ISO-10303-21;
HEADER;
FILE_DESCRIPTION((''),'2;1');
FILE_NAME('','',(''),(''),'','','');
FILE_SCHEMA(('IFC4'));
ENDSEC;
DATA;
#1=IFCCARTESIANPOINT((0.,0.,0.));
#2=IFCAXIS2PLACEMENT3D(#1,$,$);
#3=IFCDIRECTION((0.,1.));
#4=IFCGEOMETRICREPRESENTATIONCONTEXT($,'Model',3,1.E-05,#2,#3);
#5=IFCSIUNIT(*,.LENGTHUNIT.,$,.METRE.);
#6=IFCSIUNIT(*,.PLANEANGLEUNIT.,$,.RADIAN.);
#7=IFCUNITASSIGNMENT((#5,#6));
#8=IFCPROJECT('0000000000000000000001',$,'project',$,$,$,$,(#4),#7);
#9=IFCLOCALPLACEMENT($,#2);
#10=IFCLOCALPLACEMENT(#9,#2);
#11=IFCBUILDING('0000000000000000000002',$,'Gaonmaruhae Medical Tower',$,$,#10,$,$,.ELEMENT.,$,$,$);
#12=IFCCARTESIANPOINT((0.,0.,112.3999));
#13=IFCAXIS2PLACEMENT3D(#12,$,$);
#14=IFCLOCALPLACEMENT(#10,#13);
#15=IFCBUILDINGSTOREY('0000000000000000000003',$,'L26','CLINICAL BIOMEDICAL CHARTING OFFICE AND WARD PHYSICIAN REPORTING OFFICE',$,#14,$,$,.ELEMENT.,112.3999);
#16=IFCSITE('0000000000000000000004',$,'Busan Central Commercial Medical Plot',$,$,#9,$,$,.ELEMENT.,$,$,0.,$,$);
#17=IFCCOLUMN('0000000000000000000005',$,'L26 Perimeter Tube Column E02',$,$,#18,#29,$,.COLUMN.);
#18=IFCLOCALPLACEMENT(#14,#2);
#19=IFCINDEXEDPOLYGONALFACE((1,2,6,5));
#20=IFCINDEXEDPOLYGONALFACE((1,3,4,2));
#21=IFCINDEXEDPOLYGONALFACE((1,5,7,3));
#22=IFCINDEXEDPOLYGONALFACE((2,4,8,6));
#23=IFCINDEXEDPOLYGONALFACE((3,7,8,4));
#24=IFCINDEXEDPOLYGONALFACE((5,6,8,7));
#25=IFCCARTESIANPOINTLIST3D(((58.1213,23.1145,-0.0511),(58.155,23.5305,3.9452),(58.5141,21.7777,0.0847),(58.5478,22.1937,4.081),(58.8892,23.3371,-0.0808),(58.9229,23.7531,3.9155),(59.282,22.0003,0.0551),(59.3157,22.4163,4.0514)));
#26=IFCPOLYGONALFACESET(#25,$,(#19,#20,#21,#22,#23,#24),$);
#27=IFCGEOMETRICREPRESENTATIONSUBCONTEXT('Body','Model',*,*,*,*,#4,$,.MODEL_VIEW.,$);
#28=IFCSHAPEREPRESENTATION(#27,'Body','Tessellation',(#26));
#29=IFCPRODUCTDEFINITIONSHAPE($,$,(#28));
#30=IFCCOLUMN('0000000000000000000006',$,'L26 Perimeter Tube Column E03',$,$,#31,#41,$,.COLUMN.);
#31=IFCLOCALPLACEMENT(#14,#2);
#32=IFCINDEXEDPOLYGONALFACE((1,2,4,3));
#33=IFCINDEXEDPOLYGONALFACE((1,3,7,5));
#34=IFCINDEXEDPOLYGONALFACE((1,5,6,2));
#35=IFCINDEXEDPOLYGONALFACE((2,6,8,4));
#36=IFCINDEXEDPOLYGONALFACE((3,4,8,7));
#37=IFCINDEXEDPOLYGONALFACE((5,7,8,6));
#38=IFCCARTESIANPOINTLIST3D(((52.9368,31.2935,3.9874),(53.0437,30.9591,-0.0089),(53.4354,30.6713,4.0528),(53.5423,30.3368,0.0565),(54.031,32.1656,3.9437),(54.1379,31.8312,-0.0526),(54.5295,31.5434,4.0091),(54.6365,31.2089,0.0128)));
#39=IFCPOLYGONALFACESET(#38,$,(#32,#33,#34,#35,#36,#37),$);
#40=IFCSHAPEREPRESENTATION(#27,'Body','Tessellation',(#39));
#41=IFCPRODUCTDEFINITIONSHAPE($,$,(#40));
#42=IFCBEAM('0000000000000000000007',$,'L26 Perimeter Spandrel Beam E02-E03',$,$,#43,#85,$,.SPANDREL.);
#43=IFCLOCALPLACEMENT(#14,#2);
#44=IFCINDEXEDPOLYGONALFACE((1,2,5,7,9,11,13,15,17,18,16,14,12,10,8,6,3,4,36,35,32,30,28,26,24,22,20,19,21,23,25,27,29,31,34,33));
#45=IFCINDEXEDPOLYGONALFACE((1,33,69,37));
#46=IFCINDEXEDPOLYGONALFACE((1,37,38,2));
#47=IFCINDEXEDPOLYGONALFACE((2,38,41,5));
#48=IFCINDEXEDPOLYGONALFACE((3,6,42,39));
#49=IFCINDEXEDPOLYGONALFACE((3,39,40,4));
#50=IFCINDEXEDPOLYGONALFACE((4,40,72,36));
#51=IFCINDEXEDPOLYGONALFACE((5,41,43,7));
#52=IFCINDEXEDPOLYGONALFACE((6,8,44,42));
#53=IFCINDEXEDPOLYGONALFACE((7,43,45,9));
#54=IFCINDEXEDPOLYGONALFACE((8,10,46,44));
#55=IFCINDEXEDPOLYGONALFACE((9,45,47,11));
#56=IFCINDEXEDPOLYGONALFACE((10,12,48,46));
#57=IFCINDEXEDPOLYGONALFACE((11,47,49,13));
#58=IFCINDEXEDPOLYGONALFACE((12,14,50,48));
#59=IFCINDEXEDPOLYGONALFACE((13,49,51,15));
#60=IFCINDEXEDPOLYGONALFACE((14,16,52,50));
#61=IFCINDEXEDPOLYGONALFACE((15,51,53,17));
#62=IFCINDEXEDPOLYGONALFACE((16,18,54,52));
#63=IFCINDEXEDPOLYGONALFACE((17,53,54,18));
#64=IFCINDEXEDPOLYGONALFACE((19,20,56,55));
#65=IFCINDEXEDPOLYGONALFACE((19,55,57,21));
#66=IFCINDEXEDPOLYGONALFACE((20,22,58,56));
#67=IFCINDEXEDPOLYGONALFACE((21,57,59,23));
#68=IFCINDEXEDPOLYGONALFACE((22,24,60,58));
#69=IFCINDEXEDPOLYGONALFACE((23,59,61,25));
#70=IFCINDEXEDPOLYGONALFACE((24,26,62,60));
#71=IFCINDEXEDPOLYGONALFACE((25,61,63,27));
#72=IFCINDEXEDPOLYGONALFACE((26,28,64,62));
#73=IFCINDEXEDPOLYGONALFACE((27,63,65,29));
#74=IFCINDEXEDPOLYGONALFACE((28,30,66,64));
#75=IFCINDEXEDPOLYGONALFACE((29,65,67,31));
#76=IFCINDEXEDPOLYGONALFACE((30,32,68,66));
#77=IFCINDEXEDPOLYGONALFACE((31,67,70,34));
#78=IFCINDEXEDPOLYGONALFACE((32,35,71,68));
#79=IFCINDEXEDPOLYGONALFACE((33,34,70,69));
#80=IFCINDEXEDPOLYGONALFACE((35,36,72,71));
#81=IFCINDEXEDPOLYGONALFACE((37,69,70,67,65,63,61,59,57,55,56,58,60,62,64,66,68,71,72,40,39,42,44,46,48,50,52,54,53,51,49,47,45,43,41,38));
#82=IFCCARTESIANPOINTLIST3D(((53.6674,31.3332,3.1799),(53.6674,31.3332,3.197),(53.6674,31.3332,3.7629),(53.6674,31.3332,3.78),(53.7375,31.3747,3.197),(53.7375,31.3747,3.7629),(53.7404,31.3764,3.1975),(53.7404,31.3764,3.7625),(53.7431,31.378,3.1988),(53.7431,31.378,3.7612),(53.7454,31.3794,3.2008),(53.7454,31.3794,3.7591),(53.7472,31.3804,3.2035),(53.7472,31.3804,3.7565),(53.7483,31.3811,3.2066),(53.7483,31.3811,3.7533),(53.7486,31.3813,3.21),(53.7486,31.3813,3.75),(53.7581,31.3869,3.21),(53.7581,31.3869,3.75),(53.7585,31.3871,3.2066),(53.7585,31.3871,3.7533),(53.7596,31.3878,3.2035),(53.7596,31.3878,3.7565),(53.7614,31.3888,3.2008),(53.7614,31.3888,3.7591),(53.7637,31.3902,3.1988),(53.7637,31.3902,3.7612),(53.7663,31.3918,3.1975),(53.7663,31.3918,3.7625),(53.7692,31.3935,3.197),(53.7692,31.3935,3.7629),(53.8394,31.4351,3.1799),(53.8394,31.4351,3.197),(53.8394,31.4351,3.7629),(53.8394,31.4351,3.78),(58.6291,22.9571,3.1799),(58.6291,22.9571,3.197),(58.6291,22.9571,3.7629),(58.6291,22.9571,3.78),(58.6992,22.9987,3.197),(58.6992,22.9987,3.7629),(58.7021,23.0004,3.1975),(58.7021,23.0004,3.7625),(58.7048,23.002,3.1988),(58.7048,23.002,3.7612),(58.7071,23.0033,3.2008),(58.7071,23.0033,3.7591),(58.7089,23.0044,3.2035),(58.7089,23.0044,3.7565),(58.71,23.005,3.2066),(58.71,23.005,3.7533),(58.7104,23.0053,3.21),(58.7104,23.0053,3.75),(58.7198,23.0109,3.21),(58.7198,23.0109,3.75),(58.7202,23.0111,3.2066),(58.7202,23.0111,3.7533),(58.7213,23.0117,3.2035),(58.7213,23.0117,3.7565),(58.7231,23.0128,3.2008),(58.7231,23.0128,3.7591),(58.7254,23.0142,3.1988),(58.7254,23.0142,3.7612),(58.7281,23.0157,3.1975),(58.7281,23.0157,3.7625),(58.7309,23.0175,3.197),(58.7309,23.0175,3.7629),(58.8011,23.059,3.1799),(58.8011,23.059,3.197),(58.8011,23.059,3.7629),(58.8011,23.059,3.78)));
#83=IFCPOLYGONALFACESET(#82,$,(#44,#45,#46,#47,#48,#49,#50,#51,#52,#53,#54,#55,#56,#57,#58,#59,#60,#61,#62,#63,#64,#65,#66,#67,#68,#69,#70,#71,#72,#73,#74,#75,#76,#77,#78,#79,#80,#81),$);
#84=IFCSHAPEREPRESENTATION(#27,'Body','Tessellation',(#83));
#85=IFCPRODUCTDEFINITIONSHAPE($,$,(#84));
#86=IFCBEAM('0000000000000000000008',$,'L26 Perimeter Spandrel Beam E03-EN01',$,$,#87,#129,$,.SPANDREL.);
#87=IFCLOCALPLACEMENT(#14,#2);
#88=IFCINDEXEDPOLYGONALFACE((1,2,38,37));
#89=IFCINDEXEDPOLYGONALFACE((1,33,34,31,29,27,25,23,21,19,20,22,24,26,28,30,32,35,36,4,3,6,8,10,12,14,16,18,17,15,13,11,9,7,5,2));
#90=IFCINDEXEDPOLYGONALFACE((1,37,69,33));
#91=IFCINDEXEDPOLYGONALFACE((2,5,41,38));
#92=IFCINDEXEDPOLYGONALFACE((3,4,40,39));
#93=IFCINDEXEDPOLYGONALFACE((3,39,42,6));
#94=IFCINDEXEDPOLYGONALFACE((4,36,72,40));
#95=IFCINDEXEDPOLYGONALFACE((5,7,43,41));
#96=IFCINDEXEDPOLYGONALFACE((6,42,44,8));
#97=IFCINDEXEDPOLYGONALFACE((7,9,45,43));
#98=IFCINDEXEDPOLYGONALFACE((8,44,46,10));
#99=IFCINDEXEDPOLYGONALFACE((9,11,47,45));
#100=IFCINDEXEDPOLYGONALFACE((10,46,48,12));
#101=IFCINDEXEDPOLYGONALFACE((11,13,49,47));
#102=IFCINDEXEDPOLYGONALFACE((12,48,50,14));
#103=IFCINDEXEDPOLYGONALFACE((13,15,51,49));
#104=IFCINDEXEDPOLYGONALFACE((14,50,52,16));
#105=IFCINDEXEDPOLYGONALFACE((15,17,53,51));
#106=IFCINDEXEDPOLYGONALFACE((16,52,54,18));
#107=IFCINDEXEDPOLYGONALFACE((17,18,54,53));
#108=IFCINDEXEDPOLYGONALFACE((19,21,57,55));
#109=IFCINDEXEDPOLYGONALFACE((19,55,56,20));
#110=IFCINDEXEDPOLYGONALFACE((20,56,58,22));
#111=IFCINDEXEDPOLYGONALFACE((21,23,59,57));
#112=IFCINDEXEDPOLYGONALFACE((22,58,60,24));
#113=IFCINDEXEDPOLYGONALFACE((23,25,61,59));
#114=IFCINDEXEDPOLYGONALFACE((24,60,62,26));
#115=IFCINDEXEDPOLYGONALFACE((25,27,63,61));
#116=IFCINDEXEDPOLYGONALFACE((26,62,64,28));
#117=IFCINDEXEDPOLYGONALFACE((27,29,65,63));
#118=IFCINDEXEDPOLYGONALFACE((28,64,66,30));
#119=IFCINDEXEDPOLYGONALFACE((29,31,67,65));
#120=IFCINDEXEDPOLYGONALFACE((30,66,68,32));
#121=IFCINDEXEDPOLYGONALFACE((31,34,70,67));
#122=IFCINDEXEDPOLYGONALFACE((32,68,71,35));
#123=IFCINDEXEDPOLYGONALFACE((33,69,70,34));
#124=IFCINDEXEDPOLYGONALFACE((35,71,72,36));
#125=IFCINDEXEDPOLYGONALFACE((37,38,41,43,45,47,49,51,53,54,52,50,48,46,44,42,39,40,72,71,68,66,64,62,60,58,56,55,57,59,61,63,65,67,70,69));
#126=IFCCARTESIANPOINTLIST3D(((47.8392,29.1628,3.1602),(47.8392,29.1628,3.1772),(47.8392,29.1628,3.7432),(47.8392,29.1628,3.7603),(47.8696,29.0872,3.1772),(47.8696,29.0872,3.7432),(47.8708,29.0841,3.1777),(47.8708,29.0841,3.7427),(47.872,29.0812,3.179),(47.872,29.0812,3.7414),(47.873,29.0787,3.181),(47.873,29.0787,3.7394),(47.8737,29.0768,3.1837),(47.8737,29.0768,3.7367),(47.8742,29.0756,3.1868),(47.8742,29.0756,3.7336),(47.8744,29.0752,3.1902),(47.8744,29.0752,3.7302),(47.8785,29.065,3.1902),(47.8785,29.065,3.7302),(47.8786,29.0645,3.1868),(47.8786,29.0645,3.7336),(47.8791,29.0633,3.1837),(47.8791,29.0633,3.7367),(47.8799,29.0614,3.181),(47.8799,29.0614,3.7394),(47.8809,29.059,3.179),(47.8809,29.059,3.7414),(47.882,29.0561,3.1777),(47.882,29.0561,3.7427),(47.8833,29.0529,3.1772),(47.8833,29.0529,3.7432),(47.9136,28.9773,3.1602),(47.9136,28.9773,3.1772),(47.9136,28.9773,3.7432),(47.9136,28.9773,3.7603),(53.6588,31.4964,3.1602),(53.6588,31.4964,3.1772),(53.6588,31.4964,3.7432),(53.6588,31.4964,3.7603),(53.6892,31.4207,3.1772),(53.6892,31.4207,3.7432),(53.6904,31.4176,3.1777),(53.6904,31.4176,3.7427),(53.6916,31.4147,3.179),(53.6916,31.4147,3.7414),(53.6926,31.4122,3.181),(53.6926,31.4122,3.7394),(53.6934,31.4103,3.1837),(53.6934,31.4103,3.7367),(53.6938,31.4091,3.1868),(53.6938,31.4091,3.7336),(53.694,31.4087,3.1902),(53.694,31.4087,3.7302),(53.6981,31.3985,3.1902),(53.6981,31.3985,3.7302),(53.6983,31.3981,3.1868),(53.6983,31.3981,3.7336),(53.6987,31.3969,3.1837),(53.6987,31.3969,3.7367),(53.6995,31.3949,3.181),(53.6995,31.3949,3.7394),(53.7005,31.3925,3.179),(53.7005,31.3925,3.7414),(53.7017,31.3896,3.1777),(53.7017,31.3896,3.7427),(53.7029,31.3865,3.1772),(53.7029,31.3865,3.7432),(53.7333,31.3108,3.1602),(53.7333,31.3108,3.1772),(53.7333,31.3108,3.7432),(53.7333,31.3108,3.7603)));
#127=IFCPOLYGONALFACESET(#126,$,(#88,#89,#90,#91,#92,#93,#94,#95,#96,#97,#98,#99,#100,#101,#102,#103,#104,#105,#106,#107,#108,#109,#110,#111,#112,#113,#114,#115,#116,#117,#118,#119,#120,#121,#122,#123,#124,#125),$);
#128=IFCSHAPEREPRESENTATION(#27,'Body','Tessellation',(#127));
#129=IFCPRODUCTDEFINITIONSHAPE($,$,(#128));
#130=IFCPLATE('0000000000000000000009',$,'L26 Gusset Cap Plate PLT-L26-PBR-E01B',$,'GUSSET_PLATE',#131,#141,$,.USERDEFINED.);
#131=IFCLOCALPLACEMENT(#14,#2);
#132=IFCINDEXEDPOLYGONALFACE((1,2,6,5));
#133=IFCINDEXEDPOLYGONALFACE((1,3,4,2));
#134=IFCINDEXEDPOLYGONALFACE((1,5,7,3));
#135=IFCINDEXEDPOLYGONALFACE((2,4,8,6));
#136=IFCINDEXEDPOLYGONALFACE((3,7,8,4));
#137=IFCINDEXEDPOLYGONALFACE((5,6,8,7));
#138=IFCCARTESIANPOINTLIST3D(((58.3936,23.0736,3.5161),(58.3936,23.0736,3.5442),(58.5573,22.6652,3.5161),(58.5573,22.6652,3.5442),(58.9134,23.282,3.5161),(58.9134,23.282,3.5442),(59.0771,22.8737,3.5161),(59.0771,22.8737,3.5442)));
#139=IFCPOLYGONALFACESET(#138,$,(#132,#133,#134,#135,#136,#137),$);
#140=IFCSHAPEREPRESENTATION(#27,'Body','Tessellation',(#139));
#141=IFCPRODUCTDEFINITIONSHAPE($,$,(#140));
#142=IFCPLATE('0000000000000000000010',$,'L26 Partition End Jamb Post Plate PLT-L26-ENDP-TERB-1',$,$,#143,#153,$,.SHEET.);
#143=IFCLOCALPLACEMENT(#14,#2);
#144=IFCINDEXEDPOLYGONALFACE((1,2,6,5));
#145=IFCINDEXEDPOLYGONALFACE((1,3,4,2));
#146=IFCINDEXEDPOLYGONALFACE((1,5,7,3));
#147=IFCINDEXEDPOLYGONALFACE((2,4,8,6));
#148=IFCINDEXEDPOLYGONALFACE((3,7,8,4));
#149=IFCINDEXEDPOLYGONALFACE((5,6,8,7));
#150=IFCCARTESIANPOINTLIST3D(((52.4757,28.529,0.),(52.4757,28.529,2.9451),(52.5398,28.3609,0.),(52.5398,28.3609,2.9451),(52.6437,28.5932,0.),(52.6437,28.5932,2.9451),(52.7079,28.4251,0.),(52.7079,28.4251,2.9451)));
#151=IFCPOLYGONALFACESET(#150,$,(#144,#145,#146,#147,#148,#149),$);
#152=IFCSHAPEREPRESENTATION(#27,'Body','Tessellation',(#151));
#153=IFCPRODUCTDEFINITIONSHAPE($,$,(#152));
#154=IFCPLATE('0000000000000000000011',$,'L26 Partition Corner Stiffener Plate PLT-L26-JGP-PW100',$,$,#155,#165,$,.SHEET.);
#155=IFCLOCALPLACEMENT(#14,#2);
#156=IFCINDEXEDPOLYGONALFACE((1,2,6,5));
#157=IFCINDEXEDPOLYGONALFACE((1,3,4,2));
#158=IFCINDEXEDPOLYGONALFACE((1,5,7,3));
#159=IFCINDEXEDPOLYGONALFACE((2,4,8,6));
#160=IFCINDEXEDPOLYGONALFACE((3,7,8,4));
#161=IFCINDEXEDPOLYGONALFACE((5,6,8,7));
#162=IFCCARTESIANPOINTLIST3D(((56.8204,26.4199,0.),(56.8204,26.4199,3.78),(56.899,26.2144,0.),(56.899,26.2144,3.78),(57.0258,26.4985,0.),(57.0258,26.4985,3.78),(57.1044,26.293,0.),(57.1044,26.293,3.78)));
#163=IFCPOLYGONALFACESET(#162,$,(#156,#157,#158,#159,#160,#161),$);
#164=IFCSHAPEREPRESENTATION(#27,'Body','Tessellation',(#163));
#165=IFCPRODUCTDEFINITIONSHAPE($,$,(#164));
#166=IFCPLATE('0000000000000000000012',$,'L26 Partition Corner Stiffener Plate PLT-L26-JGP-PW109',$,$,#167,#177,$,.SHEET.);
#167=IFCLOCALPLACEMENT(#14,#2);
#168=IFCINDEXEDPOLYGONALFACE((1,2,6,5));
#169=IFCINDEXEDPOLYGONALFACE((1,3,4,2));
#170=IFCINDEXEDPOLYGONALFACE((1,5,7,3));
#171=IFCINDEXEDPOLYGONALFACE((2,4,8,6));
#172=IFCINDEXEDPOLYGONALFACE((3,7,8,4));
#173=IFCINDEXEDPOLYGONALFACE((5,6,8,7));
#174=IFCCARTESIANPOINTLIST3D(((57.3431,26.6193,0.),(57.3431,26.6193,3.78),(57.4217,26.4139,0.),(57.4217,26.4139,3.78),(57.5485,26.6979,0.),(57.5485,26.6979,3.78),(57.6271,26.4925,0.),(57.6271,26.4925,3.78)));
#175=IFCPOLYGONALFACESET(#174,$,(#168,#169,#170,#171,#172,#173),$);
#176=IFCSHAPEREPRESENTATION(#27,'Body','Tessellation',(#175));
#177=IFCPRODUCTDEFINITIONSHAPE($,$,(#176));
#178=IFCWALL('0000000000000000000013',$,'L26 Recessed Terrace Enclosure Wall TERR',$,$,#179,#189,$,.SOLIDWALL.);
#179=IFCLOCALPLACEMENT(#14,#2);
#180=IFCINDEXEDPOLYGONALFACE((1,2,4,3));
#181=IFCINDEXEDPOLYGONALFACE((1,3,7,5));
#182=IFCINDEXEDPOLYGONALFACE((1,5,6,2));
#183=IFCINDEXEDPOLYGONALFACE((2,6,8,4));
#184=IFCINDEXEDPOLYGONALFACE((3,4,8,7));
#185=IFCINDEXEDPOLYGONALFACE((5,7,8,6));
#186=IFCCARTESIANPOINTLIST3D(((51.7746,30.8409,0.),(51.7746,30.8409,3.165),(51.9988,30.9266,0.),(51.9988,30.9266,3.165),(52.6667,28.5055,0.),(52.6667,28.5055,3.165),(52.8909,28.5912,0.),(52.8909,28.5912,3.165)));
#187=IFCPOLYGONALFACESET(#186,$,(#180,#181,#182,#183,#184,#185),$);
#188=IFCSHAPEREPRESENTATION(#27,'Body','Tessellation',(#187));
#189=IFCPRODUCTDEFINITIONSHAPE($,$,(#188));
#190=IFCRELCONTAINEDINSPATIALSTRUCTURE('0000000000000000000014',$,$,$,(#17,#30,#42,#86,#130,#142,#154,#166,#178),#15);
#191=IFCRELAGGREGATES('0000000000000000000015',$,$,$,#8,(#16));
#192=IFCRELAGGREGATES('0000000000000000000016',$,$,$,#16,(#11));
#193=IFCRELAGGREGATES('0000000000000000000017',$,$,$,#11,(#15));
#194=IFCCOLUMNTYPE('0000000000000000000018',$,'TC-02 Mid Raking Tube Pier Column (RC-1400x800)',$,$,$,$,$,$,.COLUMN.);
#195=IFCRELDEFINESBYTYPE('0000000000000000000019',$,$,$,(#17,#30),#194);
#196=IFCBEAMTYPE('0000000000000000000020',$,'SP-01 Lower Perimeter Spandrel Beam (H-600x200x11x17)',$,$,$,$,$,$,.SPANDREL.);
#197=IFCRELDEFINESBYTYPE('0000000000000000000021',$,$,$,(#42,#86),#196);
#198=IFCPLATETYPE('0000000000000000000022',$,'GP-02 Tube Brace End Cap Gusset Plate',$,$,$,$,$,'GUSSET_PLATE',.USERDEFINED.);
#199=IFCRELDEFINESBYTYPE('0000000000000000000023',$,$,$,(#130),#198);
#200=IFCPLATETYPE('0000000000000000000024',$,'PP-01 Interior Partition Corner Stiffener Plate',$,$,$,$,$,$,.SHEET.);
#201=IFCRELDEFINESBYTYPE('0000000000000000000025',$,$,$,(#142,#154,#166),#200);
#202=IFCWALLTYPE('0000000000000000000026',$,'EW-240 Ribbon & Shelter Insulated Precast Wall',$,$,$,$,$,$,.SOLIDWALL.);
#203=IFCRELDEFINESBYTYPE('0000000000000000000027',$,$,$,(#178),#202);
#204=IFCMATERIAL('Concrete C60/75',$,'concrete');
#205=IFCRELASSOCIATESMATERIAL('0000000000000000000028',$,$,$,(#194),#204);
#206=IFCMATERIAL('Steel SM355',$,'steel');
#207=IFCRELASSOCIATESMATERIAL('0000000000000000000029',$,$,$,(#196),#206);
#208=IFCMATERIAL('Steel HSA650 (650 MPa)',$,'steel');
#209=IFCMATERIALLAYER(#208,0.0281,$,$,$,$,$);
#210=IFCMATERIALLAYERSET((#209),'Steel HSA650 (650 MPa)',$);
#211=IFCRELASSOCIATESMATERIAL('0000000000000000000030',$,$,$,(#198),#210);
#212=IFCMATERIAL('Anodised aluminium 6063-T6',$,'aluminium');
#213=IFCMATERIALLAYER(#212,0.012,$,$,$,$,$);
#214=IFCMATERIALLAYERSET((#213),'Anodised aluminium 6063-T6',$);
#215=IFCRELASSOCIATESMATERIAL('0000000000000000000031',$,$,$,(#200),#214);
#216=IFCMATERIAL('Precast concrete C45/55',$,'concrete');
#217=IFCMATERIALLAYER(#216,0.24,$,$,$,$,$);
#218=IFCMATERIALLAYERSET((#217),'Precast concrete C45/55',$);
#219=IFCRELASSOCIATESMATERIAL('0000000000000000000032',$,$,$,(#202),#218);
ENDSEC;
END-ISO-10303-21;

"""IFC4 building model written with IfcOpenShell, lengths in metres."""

from ifc_helpers import new_model, si_unit, direction, frame, frame_2d, origin, origin_2d, place, context, subcontext, project, spatial, rectangle, i_section, extrude, material, layer, layer_set, material_profile, profile_set, type_object, element, save


model = new_model("IFC4")

# Units and contexts
model_context = context("Model", 3, precision=1e-05, world=origin(), true_north=direction((0.0, 1.0)))
body_context = subcontext(model_context, "Body", "Model", "MODEL_VIEW")
ifc_project = project(units=[si_unit("LENGTHUNIT", "METRE"), si_unit("PLANEANGLEUNIT", "RADIAN")], contexts=[model_context])

# Site, building, storey
site_placement = place(None, origin())
site = spatial("IfcSite", under=ifc_project, at=site_placement, Name="Busan Central Commercial Medical Plot", CompositionType="ELEMENT", RefElevation=0.0)
building_placement = place(site_placement, origin())
building = spatial("IfcBuilding", under=site, at=building_placement, Name="Gaonmaruhae Medical Tower", CompositionType="ELEMENT")
storey_placement = place(building_placement, frame((0.0, 0.0, 112.3999)))
storey = spatial("IfcBuildingStorey", under=building, at=storey_placement, Name="L26", Description="CLINICAL BIOMEDICAL CHARTING OFFICE AND WARD PHYSICIAN REPORTING OFFICE", CompositionType="ELEMENT", Elevation=112.3999)

# Columns
ifc_material_1 = material(Name="Concrete C60/75", Category="concrete")
ifc_material_profile_1 = material_profile(ifc_material_1, rectangle(XDim=1.3999, YDim=0.8, at=origin_2d()), Name="RC-1400x800")
ifc_profile_set_1 = profile_set([ifc_material_profile_1], Name="Concrete C60/75")
column_type = type_object("IfcColumnType", Name="TC-02 Mid Raking Tube Pier Column (RC-1400x800)", PredefinedType="COLUMN", material=ifc_profile_set_1)
column_1_placement = place(storey_placement, frame((58.7017, 22.5574, 0.002), z_axis=(0.008385, 0.103536, 0.99459), x_axis=(0.280571, -0.954915, 0.097041)))
element("IfcColumn", 1, at=column_1_placement, inside=storey, type_object=column_type, Name="L26 Perimeter Tube Column E02", PredefinedType="COLUMN", context=body_context, shape_type="SweptSolid", body=[
    extrude(rectangle(XDim=1.3999, YDim=0.8, at=origin_2d()), origin(), (0.0, 0.0, 1.0), 4.0181),
])
column_2_placement = place(storey_placement, frame((53.8401, 31.084, 0.002), z_axis=(-0.026655, 0.083374, 0.996162), x_axis=(-0.781616, -0.622978, 0.031226)))
element("IfcColumn", 2, at=column_2_placement, inside=storey, type_object=column_type, Name="L26 Perimeter Tube Column E03", PredefinedType="COLUMN", context=body_context, shape_type="SweptSolid", body=[
    extrude(rectangle(XDim=1.3999, YDim=0.8, at=origin_2d()), origin(), (0.0, 0.0, 1.0), 4.0117),
])

# Beams
ifc_material_2 = material(Name="Steel SM355", Category="steel")
ifc_material_profile_2 = material_profile(ifc_material_2, i_section(OverallWidth=0.2, OverallDepth=0.6001, WebThickness=0.011, FlangeThickness=0.0171, FilletRadius=0.0129, at=origin_2d()), Name="H-600x200x11x17")
ifc_profile_set_2 = profile_set([ifc_material_profile_2], Name="Steel SM355")
beam_type = type_object("IfcBeamType", Name="SP-01 Lower Perimeter Spandrel Beam (H-600x200x11x17)", PredefinedType="SPANDREL", material=ifc_profile_set_2)
beam_1_placement = place(storey_placement, frame((58.7151, 23.0081, 3.48), z_axis=(-0.50966, 0.860376, 0.0), x_axis=(-0.860376, -0.50966, 0.0)))
element("IfcBeam", 3, at=beam_1_placement, inside=storey, type_object=beam_type, Name="L26 Perimeter Spandrel Beam E02-E03", PredefinedType="SPANDREL", context=body_context, shape_type="SweptSolid", body=[
    extrude(i_section(OverallWidth=0.2, OverallDepth=0.6001, WebThickness=0.011, FlangeThickness=0.0171, FilletRadius=0.0129, at=origin_2d()), origin(), (0.0, 0.0, 1.0), 9.7354),
])
beam_2_placement = place(storey_placement, frame((53.696, 31.4036, 3.4602), z_axis=(-0.928165, -0.372169, 0.0), x_axis=(0.372169, -0.928165, 0.0)))
element("IfcBeam", 4, at=beam_2_placement, inside=storey, type_object=beam_type, Name="L26 Perimeter Spandrel Beam E03-EN01", PredefinedType="SPANDREL", context=body_context, shape_type="SweptSolid", body=[
    extrude(i_section(OverallWidth=0.2, OverallDepth=0.6001, WebThickness=0.011, FlangeThickness=0.0171, FilletRadius=0.0129, at=origin_2d()), origin(), (0.0, 0.0, 1.0), 6.27),
])

# Plates
ifc_material_3 = material(Name="Steel HSA650 (650 MPa)", Category="steel")
ifc_layer_1 = layer(ifc_material_3, 0.0281)
ifc_layer_set_1 = layer_set([ifc_layer_1], Name="Steel HSA650 (650 MPa)")
plate_type_1 = type_object("IfcPlateType", Name="GP-02 Tube Brace End Cap Gusset Plate", ElementType="GUSSET_PLATE", PredefinedType="USERDEFINED", material=ifc_layer_set_1)
plate_1_placement = place(storey_placement, frame((58.7354, 22.9736, 3.5161), z_axis=(0.0, 0.0, 1.0), x_axis=(0.928161, 0.372178, 0.0)))
element("IfcPlate", 5, at=plate_1_placement, inside=storey, type_object=plate_type_1, Name="L26 Gusset Cap Plate PLT-L26-PBR-E01B", ObjectType="GUSSET_PLATE", PredefinedType="USERDEFINED", context=body_context, shape_type="SweptSolid", body=[
    extrude(rectangle(XDim=0.5601, YDim=0.4399, at=origin_2d()), origin(), (0.0, 0.0, 1.0), 0.0281),
])
ifc_material_4 = material(Name="Anodised aluminium 6063-T6", Category="aluminium")
ifc_layer_2 = layer(ifc_material_4, 0.012)
ifc_layer_set_2 = layer_set([ifc_layer_2], Name="Anodised aluminium 6063-T6")
plate_type_2 = type_object("IfcPlateType", Name="PP-01 Interior Partition Corner Stiffener Plate", PredefinedType="SHEET", material=ifc_layer_set_2)
plate_2_placement = place(storey_placement, frame((52.5918, 28.4771, 0.0), z_axis=(0.0, 0.0, 1.0), x_axis=(0.934204, 0.356738, 0.0)))
element("IfcPlate", 6, at=plate_2_placement, inside=storey, type_object=plate_type_2, Name="L26 Partition End Jamb Post Plate PLT-L26-ENDP-TERB-1", PredefinedType="SHEET", context=body_context, shape_type="SweptSolid", body=[
    extrude(rectangle(XDim=0.1799, YDim=0.1799, at=origin_2d()), origin(), (0.0, 0.0, 1.0), 2.9451),
])
for number, where, z_axis, x_axis, name in (
    (7, (56.9624, 26.3564, 0.0), (0.0, 0.0, 1.0), (0.933993, 0.357292, 0.0), "L26 Partition Corner Stiffener Plate PLT-L26-JGP-PW100"),
    (8, (57.4851, 26.5559, 0.0), (0.0, 0.0, 1.0), (0.933936, 0.357439, 0.0), "L26 Partition Corner Stiffener Plate PLT-L26-JGP-PW109"),
):
    element("IfcPlate", number, at=place(storey_placement, frame(where, z_axis=z_axis, x_axis=x_axis)), inside=storey, type_object=plate_type_2, Name=name, PredefinedType="SHEET", context=body_context, shape_type="SweptSolid", body=[
        extrude(rectangle(XDim=0.22, YDim=0.22, at=origin_2d()), origin(), (0.0, 0.0, 1.0), 3.78),
    ])

# Wall
ifc_material_5 = material(Name="Precast concrete C45/55", Category="concrete")
ifc_layer_3 = layer(ifc_material_5, 0.24)
ifc_layer_set_3 = layer_set([ifc_layer_3], Name="Precast concrete C45/55")
wall_type_1 = type_object("IfcWallType", Name="EW-240 Ribbon & Shelter Insulated Precast Wall", PredefinedType="SOLIDWALL", material=ifc_layer_set_3)
wall_1_placement = place(storey_placement, frame((52.7788, 28.5483, 0.0), z_axis=(0.0, 0.0, 1.0), x_axis=(-0.356832, 0.934169, 0.0)))
element("IfcWall", 9, at=wall_1_placement, inside=storey, type_object=wall_type_1, Name="L26 Recessed Terrace Enclosure Wall TERR", PredefinedType="SOLIDWALL", context=body_context, shape_type="SweptSolid", body=[
    extrude(rectangle(XDim=2.5, YDim=0.24, at=frame_2d((1.25, 0.0))), origin(), (0.0, 0.0, 1.0), 3.165),
])

save(model, "model.ifc")
